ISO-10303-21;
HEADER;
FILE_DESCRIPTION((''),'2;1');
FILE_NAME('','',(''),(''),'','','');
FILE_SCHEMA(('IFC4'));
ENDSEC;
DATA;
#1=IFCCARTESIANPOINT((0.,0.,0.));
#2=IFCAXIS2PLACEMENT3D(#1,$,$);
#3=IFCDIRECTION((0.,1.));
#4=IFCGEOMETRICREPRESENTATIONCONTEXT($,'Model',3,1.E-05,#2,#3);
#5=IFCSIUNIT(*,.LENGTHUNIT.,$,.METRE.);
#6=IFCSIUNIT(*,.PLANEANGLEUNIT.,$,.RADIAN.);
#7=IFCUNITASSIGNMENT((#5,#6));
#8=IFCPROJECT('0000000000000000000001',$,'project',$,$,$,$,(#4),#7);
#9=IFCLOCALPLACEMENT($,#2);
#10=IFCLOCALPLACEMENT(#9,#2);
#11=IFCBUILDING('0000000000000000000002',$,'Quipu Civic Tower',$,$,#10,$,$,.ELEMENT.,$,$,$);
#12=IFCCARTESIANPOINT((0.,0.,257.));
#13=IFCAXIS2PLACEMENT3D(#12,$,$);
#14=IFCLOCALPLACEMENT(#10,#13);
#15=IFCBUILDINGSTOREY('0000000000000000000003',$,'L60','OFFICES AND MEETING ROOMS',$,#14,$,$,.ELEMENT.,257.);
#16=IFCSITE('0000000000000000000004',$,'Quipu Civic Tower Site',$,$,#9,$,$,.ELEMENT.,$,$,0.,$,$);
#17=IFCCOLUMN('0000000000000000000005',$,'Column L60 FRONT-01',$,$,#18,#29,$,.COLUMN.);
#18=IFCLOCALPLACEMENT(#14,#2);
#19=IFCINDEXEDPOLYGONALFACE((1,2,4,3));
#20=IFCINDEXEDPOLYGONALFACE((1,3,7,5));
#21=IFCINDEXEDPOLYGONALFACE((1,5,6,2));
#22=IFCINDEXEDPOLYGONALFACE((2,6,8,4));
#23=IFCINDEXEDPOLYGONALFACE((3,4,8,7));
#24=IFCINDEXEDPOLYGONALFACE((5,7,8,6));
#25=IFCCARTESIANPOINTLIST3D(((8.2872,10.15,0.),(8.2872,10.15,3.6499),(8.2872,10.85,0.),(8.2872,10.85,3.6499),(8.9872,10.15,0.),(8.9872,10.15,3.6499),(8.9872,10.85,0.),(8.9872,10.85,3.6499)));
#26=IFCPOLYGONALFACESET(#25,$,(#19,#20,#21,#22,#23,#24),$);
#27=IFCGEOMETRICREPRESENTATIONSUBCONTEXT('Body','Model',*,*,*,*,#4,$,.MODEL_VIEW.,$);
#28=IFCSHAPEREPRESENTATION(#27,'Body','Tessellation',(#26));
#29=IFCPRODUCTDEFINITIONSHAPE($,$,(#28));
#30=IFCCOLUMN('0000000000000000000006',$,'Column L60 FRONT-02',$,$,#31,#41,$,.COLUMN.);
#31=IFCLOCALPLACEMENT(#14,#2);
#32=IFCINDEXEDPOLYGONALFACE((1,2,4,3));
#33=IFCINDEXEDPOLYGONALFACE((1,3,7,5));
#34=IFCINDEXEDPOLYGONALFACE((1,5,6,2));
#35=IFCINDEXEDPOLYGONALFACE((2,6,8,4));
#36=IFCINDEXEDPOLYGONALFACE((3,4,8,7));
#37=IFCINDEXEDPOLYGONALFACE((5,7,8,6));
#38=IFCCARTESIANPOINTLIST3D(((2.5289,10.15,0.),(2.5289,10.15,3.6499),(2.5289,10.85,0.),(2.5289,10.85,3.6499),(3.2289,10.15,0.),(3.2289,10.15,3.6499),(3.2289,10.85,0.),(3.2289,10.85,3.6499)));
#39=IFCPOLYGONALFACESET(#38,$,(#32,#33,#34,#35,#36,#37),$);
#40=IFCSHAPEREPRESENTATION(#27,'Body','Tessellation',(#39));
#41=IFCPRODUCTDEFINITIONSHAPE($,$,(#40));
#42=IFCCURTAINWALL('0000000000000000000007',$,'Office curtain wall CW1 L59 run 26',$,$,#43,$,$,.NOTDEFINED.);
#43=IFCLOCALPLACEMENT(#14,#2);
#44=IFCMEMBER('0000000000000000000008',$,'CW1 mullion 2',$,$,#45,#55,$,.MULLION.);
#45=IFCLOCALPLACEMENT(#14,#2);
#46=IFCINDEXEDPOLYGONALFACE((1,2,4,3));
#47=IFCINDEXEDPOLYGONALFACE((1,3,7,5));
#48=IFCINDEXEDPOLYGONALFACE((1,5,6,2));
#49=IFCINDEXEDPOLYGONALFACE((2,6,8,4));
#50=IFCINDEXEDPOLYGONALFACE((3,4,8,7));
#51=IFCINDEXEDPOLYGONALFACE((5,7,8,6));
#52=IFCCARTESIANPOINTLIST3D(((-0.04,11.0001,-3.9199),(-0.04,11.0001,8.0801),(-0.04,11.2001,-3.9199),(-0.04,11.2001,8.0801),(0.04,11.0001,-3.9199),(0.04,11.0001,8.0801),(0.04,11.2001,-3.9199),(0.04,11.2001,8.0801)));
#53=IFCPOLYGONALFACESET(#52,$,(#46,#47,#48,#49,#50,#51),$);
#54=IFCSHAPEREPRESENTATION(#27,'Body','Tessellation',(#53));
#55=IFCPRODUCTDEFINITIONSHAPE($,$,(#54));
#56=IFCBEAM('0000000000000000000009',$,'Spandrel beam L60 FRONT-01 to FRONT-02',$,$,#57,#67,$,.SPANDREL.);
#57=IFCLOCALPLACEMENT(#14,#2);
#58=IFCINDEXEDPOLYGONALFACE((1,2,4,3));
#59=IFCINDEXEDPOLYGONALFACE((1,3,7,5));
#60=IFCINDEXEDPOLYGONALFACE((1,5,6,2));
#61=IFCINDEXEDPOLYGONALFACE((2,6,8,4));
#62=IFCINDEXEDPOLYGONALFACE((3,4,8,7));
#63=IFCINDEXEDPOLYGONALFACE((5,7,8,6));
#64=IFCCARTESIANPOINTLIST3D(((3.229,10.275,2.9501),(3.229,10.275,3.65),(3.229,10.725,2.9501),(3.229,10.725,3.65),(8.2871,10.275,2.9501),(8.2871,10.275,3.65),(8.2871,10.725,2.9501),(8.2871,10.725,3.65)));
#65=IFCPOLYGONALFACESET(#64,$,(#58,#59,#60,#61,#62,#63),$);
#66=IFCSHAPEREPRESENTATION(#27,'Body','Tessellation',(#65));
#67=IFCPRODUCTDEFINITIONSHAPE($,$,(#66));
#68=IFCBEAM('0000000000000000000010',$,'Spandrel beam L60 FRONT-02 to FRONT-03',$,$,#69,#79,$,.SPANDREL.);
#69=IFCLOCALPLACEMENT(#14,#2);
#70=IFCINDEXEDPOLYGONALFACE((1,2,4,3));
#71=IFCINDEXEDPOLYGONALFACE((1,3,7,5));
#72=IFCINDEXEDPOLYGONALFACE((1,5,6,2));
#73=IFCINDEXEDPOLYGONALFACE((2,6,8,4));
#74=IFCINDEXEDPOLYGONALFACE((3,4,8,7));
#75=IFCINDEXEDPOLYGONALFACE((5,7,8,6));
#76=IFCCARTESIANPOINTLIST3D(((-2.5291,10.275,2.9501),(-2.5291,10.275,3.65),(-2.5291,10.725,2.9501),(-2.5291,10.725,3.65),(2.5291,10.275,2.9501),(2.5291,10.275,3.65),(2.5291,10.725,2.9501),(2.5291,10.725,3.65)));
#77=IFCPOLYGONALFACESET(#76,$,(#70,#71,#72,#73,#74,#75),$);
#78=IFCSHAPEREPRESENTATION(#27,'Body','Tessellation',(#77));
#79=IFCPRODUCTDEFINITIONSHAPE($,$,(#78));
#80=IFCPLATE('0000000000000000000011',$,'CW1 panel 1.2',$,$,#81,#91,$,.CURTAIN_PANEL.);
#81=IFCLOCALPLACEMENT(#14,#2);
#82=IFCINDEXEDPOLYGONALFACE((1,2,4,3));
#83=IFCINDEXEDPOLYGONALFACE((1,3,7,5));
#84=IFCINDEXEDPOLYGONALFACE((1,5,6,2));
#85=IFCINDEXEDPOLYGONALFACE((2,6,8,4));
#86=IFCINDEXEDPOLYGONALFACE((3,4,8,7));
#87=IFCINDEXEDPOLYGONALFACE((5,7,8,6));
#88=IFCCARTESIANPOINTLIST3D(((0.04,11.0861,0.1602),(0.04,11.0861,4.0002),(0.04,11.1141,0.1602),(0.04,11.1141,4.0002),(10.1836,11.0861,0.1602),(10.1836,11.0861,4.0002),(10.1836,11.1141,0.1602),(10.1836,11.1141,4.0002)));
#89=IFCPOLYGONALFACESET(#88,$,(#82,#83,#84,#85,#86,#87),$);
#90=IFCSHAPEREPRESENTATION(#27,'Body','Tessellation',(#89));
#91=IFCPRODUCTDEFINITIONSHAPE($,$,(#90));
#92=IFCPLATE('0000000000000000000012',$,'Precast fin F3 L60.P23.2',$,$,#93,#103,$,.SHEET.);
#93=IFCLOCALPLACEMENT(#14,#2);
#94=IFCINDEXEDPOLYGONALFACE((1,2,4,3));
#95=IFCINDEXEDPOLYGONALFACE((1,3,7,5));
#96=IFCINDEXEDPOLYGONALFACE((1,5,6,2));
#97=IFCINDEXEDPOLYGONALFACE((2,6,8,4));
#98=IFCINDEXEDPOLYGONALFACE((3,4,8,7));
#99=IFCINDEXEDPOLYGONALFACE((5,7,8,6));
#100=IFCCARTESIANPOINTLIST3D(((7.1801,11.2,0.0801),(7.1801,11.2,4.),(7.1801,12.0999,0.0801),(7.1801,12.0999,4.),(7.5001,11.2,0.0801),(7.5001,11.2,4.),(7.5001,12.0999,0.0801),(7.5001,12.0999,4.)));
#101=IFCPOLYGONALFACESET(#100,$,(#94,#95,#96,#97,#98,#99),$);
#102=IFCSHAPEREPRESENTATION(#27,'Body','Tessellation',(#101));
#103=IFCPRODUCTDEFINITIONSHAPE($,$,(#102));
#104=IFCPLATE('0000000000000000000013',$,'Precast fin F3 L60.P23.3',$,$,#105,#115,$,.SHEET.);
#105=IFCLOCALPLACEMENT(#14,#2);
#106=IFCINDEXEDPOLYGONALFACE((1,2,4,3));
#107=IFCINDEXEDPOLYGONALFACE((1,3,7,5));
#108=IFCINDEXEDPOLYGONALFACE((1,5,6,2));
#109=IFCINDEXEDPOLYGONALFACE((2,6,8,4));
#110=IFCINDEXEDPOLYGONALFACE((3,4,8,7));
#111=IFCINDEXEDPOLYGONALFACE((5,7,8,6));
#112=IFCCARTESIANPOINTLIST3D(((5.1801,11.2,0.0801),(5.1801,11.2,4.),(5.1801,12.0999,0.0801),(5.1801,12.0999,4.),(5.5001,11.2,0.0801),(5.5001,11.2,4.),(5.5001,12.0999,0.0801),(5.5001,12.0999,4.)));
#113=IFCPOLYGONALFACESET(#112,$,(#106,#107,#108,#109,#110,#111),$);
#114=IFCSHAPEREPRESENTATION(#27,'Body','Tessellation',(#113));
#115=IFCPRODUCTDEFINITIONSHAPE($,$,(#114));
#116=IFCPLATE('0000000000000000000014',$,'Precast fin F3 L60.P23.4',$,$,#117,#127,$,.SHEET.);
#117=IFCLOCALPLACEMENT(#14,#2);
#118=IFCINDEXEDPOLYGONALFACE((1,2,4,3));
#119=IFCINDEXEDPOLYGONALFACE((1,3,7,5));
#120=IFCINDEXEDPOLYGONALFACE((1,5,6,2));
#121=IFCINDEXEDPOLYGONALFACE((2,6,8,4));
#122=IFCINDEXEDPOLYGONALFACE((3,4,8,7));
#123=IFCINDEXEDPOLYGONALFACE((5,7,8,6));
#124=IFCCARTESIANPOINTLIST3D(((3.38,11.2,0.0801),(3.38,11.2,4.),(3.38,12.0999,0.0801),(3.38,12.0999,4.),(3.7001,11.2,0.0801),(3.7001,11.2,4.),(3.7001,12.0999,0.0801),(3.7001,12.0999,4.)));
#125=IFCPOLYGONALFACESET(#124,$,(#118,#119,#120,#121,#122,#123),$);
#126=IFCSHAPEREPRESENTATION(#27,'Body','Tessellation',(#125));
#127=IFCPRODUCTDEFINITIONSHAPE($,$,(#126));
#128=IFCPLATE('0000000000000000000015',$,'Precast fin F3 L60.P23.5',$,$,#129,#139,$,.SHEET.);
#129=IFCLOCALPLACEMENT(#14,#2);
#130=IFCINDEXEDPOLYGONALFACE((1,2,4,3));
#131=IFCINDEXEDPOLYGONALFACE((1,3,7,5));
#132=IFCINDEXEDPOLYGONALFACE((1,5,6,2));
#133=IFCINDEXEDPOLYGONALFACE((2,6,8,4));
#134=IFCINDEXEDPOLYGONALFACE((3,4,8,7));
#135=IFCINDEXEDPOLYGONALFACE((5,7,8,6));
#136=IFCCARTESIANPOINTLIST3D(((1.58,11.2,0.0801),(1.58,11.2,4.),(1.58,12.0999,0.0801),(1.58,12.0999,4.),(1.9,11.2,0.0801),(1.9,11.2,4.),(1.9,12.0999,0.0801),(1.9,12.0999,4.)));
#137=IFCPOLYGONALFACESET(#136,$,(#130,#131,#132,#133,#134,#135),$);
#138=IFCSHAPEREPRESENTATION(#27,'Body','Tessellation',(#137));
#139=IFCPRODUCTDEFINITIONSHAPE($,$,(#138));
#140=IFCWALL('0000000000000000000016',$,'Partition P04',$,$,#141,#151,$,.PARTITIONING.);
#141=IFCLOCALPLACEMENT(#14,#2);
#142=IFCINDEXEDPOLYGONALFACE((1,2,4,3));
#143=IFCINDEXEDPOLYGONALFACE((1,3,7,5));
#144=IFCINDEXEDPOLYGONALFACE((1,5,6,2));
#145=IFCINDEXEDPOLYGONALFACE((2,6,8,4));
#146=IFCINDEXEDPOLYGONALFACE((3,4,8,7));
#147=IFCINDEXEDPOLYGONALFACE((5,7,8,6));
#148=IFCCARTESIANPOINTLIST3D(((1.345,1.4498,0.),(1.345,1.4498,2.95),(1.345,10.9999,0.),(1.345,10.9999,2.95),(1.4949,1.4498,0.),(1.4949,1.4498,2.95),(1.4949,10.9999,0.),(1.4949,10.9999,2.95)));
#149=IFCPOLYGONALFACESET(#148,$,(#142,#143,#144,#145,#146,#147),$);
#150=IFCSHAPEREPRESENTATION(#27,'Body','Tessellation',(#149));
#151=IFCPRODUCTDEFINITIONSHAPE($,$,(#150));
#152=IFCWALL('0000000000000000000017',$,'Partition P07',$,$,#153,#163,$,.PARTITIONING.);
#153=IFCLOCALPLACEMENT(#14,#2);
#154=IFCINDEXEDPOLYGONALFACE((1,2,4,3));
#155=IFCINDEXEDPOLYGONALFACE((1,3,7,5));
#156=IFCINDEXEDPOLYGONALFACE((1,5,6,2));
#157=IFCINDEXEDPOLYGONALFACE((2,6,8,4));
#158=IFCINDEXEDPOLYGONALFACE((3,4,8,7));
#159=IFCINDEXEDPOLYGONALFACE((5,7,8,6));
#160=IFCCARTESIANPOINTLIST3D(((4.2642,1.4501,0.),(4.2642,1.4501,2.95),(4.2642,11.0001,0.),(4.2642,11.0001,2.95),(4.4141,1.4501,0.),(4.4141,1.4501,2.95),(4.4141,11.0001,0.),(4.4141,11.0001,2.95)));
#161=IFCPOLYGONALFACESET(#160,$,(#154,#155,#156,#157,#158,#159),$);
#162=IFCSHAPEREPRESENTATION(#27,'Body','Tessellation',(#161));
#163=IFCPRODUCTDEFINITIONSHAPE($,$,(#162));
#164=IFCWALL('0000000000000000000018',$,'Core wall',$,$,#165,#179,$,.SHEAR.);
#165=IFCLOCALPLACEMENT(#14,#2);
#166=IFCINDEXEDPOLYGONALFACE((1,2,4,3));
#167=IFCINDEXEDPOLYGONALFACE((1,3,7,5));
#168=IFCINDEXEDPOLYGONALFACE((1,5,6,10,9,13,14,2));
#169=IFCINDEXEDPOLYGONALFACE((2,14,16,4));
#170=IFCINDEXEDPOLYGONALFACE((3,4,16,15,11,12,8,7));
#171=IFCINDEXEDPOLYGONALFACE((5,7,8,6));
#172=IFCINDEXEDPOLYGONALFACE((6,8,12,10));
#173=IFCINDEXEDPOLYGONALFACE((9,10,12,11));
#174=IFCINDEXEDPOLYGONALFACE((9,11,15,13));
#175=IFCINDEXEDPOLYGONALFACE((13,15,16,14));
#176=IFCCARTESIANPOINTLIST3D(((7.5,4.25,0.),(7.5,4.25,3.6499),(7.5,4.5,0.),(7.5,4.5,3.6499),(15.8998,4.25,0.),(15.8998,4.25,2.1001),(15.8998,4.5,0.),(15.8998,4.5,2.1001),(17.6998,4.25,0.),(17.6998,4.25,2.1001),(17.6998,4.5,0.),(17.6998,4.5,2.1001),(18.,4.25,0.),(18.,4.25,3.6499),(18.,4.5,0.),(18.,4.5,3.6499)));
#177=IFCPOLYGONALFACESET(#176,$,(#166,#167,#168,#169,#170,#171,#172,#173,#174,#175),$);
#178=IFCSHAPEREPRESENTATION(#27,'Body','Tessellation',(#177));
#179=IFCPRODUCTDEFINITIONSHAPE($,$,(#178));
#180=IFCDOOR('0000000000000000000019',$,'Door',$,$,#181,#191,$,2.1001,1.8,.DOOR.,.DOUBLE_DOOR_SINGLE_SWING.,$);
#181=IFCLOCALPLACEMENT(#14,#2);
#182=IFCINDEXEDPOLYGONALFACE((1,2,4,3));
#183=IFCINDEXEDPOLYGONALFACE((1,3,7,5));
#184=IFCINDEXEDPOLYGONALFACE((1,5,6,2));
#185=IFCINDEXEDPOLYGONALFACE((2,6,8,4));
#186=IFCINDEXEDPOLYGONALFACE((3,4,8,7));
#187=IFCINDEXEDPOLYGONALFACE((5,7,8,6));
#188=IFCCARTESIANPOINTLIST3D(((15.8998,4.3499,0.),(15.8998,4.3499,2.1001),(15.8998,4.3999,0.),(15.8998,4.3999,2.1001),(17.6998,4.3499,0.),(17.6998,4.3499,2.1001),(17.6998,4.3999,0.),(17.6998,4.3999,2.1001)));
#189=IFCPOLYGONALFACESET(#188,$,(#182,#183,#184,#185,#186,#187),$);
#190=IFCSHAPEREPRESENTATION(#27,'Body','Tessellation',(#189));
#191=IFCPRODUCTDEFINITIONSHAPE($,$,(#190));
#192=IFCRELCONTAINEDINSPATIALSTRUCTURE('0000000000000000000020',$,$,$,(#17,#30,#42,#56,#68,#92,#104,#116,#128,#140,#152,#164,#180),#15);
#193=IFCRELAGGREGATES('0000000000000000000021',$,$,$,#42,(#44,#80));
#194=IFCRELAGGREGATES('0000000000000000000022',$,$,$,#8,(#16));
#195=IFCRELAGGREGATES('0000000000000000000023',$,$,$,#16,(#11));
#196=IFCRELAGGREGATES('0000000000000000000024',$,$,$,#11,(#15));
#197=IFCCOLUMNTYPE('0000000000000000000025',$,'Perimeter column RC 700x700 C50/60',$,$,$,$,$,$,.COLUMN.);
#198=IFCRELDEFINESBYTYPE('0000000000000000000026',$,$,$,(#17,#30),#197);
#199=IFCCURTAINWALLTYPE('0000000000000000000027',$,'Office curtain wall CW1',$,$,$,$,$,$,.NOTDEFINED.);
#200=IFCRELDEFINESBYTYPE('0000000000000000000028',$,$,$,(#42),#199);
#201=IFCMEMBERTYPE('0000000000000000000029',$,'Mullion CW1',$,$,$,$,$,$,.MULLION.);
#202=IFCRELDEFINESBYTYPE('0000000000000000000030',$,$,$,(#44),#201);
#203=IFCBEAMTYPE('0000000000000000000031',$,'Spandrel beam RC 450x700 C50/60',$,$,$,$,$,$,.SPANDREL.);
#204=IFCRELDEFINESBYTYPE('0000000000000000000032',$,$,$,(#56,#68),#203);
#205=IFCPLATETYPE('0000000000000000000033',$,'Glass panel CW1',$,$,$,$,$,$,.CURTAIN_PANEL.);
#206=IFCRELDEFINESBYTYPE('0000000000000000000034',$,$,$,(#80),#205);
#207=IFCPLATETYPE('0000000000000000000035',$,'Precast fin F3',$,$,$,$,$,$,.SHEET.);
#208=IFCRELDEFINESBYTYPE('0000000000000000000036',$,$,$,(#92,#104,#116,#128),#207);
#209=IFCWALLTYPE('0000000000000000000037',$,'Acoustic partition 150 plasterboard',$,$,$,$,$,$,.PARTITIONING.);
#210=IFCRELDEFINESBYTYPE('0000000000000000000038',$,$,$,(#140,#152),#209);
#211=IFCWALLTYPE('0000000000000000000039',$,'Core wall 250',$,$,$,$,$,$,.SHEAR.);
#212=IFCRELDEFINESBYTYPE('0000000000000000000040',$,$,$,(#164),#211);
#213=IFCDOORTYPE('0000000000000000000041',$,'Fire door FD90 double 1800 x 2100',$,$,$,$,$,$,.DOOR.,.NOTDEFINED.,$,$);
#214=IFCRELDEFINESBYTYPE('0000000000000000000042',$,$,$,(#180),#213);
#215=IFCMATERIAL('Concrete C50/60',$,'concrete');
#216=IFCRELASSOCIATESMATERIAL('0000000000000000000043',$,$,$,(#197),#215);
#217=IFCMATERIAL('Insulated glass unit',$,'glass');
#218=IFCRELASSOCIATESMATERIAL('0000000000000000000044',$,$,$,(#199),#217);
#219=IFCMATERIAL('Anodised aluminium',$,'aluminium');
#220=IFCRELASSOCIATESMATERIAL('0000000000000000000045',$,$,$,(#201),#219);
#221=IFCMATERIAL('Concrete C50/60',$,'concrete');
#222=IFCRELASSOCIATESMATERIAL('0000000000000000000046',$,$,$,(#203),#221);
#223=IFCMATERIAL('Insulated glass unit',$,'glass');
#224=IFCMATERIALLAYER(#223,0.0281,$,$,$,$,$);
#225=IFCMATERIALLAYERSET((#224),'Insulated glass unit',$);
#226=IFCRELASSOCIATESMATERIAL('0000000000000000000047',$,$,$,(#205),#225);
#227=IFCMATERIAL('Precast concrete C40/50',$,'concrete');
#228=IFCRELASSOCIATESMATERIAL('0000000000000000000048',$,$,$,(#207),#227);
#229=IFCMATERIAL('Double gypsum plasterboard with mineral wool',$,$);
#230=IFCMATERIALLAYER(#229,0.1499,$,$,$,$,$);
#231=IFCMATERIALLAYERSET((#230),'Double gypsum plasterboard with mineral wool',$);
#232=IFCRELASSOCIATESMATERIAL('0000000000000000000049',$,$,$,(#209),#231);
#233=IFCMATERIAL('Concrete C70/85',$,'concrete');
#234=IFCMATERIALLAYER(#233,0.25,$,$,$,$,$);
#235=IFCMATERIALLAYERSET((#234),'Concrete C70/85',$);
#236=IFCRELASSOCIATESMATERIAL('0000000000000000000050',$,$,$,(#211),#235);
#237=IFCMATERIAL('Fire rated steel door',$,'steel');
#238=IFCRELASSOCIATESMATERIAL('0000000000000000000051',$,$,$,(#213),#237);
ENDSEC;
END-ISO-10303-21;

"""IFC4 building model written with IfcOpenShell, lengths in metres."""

from ifc_helpers import new_model, si_unit, direction, frame, frame_2d, origin, origin_2d, place, context, subcontext, project, spatial, rectangle, extrude, material, layer, layer_set, material_profile, profile_set, type_object, element, fill, aggregate, save


model = new_model("IFC4")

# Units and contexts
model_context = context("Model", 3, precision=1e-05, world=origin(), true_north=direction((0.0, 1.0)))
body_context = subcontext(model_context, "Body", "Model", "MODEL_VIEW")
ifc_project = project(units=[si_unit("LENGTHUNIT", "METRE"), si_unit("PLANEANGLEUNIT", "RADIAN")], contexts=[model_context])

# Site, building, storey
site_placement = place(None, origin())
site = spatial("IfcSite", under=ifc_project, at=site_placement, Name="Quipu Civic Tower Site", CompositionType="ELEMENT", RefElevation=0.0)
building_placement = place(site_placement, origin())
building = spatial("IfcBuilding", under=site, at=building_placement, Name="Quipu Civic Tower", CompositionType="ELEMENT")
storey_placement = place(building_placement, frame((0.0, 0.0, 257.0)))
storey = spatial("IfcBuildingStorey", under=building, at=storey_placement, Name="L60", Description="OFFICES AND MEETING ROOMS", CompositionType="ELEMENT", Elevation=257.0)

# Columns
ifc_material_1 = material(Name="Concrete C50/60", Category="concrete")
ifc_material_profile_1 = material_profile(ifc_material_1, rectangle(XDim=0.7, YDim=0.7, at=origin_2d()), Name="RC700x700")
ifc_profile_set_1 = profile_set([ifc_material_profile_1], Name="Concrete C50/60")
column_type = type_object("IfcColumnType", Name="Perimeter column RC 700x700 C50/60", PredefinedType="COLUMN", material=ifc_profile_set_1)
for number, where, z_axis, x_axis, name in (
    (1, (8.6372, 10.5, 0.0), (0.0, 0.0, 1.0), (-1.0, 0.0, 0.0), "Column L60 FRONT-01"),
    (2, (2.8789, 10.5, 0.0), (0.0, 0.0, 1.0), (-1.0, 0.0, 0.0), "Column L60 FRONT-02"),
):
    element("IfcColumn", number, at=place(storey_placement, frame(where, z_axis=z_axis, x_axis=x_axis)), inside=storey, type_object=column_type, Name=name, PredefinedType="COLUMN", context=body_context, shape_type="SweptSolid", body=[
        extrude(rectangle(XDim=0.7, YDim=0.7, at=origin_2d()), origin(), (0.0, 0.0, 1.0), 3.6499),
    ])

# Curtain wall, member
ifc_material_2 = material(Name="Insulated glass unit", Category="glass")
curtain_wall_type = type_object("IfcCurtainWallType", Name="Office curtain wall CW1", PredefinedType="NOTDEFINED", material=ifc_material_2)
curtain_wall_placement = place(storey_placement, origin())
curtain_wall = element("IfcCurtainWall", 3, at=curtain_wall_placement, inside=storey, type_object=curtain_wall_type, Name="Office curtain wall CW1 L59 run 26", PredefinedType="NOTDEFINED")
ifc_material_3 = material(Name="Anodised aluminium", Category="aluminium")
ifc_material_profile_2 = material_profile(ifc_material_3, rectangle(XDim=0.2, YDim=0.0801, at=origin_2d()), Name="RECT 200x80")
ifc_profile_set_2 = profile_set([ifc_material_profile_2], Name="Anodised aluminium")
member_type = type_object("IfcMemberType", Name="Mullion CW1", PredefinedType="MULLION", material=ifc_profile_set_2)
member_placement = place(storey_placement, frame((0.0, 11.1001, -3.9199), z_axis=(0.0, 0.0, 1.0), x_axis=(0.0, -1.0, 0.0)))
member = element("IfcMember", 4, at=member_placement, type_object=member_type, Name="CW1 mullion 2", PredefinedType="MULLION", context=body_context, shape_type="SweptSolid", body=[
    extrude(rectangle(XDim=0.2, YDim=0.0801, at=origin_2d()), origin(), (0.0, 0.0, 1.0), 12.0),
])

# Beams
ifc_material_4 = material(Name="Concrete C50/60", Category="concrete")
ifc_material_profile_3 = material_profile(ifc_material_4, rectangle(XDim=0.45, YDim=0.7, at=origin_2d()), Name="RC450x700")
ifc_profile_set_3 = profile_set([ifc_material_profile_3], Name="Concrete C50/60")
beam_type = type_object("IfcBeamType", Name="Spandrel beam RC 450x700 C50/60", PredefinedType="SPANDREL", material=ifc_profile_set_3)
for number, where, z_axis, x_axis, name in (
    (5, (8.2871, 10.5, 3.3), (-1.0, 0.0, 0.0), (0.0, -1.0, 0.0), "Spandrel beam L60 FRONT-01 to FRONT-02"),
    (6, (2.5291, 10.5, 3.3), (-1.0, 0.0, 0.0), (0.0, -1.0, 0.0), "Spandrel beam L60 FRONT-02 to FRONT-03"),
):
    element("IfcBeam", number, at=place(storey_placement, frame(where, z_axis=z_axis, x_axis=x_axis)), inside=storey, type_object=beam_type, Name=name, PredefinedType="SPANDREL", context=body_context, shape_type="SweptSolid", body=[
        extrude(rectangle(XDim=0.45, YDim=0.7, at=origin_2d()), origin(), (0.0, 0.0, 1.0), 5.0581),
    ])

# Plate
ifc_material_5 = material(Name="Insulated glass unit", Category="glass")
ifc_layer_1 = layer(ifc_material_5, 0.0281)
ifc_layer_set_1 = layer_set([ifc_layer_1], Name="Insulated glass unit")
plate_type_1 = type_object("IfcPlateType", Name="Glass panel CW1", PredefinedType="CURTAIN_PANEL", material=ifc_layer_set_1)
plate_placement = place(storey_placement, frame((5.1118, 11.1001, 0.1602), z_axis=(0.0, 0.0, 1.0), x_axis=(-1.0, 0.0, 0.0)))
plate = element("IfcPlate", 7, at=plate_placement, type_object=plate_type_1, Name="CW1 panel 1.2", PredefinedType="CURTAIN_PANEL", context=body_context, shape_type="SweptSolid", body=[
    extrude(rectangle(XDim=10.1436, YDim=0.0281, at=origin_2d()), origin(), (0.0, 0.0, 1.0), 3.8401),
])
aggregate(curtain_wall, [member, plate])

# Plates
ifc_material_6 = material(Name="Precast concrete C40/50", Category="concrete")
plate_type_2 = type_object("IfcPlateType", Name="Precast fin F3", PredefinedType="SHEET", material=ifc_material_6)
for number, where, z_axis, x_axis, name in (
    (8, (7.3401, 11.6499, 0.0801), (0.0, 0.0, 1.0), (-1.0, 0.0, 0.0), "Precast fin F3 L60.P23.2"),
    (9, (5.3401, 11.6499, 0.0801), (0.0, 0.0, 1.0), (-1.0, 0.0, 0.0), "Precast fin F3 L60.P23.3"),
    (10, (3.54, 11.6499, 0.0801), (0.0, 0.0, 1.0), (-1.0, 0.0, 0.0), "Precast fin F3 L60.P23.4"),
    (11, (1.74, 11.6499, 0.0801), (0.0, 0.0, 1.0), (-1.0, 0.0, 0.0), "Precast fin F3 L60.P23.5"),
):
    element("IfcPlate", number, at=place(storey_placement, frame(where, z_axis=z_axis, x_axis=x_axis)), inside=storey, type_object=plate_type_2, Name=name, PredefinedType="SHEET", context=body_context, shape_type="SweptSolid", body=[
        extrude(rectangle(XDim=0.3201, YDim=0.8999, at=origin_2d()), origin(), (0.0, 0.0, 1.0), 3.9199),
    ])

# Walls
ifc_material_7 = material(Name="Double gypsum plasterboard with mineral wool")
ifc_layer_2 = layer(ifc_material_7, 0.1499)
ifc_layer_set_2 = layer_set([ifc_layer_2], Name="Double gypsum plasterboard with mineral wool")
wall_type_1 = type_object("IfcWallType", Name="Acoustic partition 150 plasterboard", PredefinedType="PARTITIONING", material=ifc_layer_set_2)
for number, where, z_axis, x_axis, name in (
    (12, (1.4199, 1.45, 0.0), (0.0, 0.0, 1.0), (0.0, 1.0, 0.0), "Partition P04"),
    (13, (4.3391, 11.0, 0.0), (0.0, 0.0, 1.0), (0.0, -1.0, 0.0), "Partition P07"),
):
    element("IfcWall", number, at=place(storey_placement, frame(where, z_axis=z_axis, x_axis=x_axis)), inside=storey, type_object=wall_type_1, Name=name, PredefinedType="PARTITIONING", context=body_context, shape_type="SweptSolid", body=[
        extrude(rectangle(XDim=9.55, YDim=0.1499, at=frame_2d((4.7749, 0.0))), origin(), (0.0, 0.0, 1.0), 2.95),
    ])

# Wall, opening, door
ifc_material_8 = material(Name="Concrete C70/85", Category="concrete")
ifc_layer_3 = layer(ifc_material_8, 0.25)
ifc_layer_set_3 = layer_set([ifc_layer_3], Name="Concrete C70/85")
wall_type_2 = type_object("IfcWallType", Name="Core wall 250", PredefinedType="SHEAR", material=ifc_layer_set_3)
wall_1_placement = place(storey_placement, frame((7.5, 4.375, 0.0), z_axis=(0.0, 0.0, 1.0), x_axis=(1.0, 0.0, 0.0)))
wall_1 = element("IfcWall", 14, at=wall_1_placement, inside=storey, type_object=wall_type_2, Name="Core wall", PredefinedType="SHEAR", context=body_context, shape_type="SweptSolid", body=[
    extrude(rectangle(XDim=10.5, YDim=0.25, at=frame_2d((5.25, 0.0))), origin(), (0.0, 0.0, 1.0), 3.6499),
])
opening_1_placement = place(wall_1_placement, frame((8.3999, 0.0, 0.0)))
opening_1 = element("IfcOpeningElement", 15, at=opening_1_placement, cuts=wall_1, PredefinedType="OPENING", context=body_context, shape_type="SweptSolid", body=[
    extrude(rectangle(XDim=1.8, YDim=2.1001, at=frame_2d((0.8999, 1.05))), frame((0.0, 0.135, 0.0), z_axis=(0.0, -1.0, 0.0), x_axis=(1.0, 0.0, 0.0)), (0.0, 0.0, 1.0), 0.27),
])
ifc_material_9 = material(Name="Fire rated steel door", Category="steel")
door_type = type_object("IfcDoorType", Name="Fire door FD90 double 1800 x 2100", OperationType="NOTDEFINED", PredefinedType="DOOR", material=ifc_material_9)
door_placement = place(opening_1_placement, origin())
door = element("IfcDoor", 16, at=door_placement, inside=storey, type_object=door_type, Name="Door", OperationType="DOUBLE_DOOR_SINGLE_SWING", OverallHeight=2.1001, OverallWidth=1.8, PredefinedType="DOOR", context=body_context, shape_type="SweptSolid", body=[
    extrude(rectangle(XDim=1.8, YDim=2.1001, at=frame_2d((0.8999, 1.05))), frame((0.0, 0.0249, 0.0), z_axis=(0.0, -1.0, 0.0), x_axis=(1.0, 0.0, 0.0)), (0.0, 0.0, 1.0), 0.05),
])
fill(opening_1, door)

save(model, "model.ifc")
